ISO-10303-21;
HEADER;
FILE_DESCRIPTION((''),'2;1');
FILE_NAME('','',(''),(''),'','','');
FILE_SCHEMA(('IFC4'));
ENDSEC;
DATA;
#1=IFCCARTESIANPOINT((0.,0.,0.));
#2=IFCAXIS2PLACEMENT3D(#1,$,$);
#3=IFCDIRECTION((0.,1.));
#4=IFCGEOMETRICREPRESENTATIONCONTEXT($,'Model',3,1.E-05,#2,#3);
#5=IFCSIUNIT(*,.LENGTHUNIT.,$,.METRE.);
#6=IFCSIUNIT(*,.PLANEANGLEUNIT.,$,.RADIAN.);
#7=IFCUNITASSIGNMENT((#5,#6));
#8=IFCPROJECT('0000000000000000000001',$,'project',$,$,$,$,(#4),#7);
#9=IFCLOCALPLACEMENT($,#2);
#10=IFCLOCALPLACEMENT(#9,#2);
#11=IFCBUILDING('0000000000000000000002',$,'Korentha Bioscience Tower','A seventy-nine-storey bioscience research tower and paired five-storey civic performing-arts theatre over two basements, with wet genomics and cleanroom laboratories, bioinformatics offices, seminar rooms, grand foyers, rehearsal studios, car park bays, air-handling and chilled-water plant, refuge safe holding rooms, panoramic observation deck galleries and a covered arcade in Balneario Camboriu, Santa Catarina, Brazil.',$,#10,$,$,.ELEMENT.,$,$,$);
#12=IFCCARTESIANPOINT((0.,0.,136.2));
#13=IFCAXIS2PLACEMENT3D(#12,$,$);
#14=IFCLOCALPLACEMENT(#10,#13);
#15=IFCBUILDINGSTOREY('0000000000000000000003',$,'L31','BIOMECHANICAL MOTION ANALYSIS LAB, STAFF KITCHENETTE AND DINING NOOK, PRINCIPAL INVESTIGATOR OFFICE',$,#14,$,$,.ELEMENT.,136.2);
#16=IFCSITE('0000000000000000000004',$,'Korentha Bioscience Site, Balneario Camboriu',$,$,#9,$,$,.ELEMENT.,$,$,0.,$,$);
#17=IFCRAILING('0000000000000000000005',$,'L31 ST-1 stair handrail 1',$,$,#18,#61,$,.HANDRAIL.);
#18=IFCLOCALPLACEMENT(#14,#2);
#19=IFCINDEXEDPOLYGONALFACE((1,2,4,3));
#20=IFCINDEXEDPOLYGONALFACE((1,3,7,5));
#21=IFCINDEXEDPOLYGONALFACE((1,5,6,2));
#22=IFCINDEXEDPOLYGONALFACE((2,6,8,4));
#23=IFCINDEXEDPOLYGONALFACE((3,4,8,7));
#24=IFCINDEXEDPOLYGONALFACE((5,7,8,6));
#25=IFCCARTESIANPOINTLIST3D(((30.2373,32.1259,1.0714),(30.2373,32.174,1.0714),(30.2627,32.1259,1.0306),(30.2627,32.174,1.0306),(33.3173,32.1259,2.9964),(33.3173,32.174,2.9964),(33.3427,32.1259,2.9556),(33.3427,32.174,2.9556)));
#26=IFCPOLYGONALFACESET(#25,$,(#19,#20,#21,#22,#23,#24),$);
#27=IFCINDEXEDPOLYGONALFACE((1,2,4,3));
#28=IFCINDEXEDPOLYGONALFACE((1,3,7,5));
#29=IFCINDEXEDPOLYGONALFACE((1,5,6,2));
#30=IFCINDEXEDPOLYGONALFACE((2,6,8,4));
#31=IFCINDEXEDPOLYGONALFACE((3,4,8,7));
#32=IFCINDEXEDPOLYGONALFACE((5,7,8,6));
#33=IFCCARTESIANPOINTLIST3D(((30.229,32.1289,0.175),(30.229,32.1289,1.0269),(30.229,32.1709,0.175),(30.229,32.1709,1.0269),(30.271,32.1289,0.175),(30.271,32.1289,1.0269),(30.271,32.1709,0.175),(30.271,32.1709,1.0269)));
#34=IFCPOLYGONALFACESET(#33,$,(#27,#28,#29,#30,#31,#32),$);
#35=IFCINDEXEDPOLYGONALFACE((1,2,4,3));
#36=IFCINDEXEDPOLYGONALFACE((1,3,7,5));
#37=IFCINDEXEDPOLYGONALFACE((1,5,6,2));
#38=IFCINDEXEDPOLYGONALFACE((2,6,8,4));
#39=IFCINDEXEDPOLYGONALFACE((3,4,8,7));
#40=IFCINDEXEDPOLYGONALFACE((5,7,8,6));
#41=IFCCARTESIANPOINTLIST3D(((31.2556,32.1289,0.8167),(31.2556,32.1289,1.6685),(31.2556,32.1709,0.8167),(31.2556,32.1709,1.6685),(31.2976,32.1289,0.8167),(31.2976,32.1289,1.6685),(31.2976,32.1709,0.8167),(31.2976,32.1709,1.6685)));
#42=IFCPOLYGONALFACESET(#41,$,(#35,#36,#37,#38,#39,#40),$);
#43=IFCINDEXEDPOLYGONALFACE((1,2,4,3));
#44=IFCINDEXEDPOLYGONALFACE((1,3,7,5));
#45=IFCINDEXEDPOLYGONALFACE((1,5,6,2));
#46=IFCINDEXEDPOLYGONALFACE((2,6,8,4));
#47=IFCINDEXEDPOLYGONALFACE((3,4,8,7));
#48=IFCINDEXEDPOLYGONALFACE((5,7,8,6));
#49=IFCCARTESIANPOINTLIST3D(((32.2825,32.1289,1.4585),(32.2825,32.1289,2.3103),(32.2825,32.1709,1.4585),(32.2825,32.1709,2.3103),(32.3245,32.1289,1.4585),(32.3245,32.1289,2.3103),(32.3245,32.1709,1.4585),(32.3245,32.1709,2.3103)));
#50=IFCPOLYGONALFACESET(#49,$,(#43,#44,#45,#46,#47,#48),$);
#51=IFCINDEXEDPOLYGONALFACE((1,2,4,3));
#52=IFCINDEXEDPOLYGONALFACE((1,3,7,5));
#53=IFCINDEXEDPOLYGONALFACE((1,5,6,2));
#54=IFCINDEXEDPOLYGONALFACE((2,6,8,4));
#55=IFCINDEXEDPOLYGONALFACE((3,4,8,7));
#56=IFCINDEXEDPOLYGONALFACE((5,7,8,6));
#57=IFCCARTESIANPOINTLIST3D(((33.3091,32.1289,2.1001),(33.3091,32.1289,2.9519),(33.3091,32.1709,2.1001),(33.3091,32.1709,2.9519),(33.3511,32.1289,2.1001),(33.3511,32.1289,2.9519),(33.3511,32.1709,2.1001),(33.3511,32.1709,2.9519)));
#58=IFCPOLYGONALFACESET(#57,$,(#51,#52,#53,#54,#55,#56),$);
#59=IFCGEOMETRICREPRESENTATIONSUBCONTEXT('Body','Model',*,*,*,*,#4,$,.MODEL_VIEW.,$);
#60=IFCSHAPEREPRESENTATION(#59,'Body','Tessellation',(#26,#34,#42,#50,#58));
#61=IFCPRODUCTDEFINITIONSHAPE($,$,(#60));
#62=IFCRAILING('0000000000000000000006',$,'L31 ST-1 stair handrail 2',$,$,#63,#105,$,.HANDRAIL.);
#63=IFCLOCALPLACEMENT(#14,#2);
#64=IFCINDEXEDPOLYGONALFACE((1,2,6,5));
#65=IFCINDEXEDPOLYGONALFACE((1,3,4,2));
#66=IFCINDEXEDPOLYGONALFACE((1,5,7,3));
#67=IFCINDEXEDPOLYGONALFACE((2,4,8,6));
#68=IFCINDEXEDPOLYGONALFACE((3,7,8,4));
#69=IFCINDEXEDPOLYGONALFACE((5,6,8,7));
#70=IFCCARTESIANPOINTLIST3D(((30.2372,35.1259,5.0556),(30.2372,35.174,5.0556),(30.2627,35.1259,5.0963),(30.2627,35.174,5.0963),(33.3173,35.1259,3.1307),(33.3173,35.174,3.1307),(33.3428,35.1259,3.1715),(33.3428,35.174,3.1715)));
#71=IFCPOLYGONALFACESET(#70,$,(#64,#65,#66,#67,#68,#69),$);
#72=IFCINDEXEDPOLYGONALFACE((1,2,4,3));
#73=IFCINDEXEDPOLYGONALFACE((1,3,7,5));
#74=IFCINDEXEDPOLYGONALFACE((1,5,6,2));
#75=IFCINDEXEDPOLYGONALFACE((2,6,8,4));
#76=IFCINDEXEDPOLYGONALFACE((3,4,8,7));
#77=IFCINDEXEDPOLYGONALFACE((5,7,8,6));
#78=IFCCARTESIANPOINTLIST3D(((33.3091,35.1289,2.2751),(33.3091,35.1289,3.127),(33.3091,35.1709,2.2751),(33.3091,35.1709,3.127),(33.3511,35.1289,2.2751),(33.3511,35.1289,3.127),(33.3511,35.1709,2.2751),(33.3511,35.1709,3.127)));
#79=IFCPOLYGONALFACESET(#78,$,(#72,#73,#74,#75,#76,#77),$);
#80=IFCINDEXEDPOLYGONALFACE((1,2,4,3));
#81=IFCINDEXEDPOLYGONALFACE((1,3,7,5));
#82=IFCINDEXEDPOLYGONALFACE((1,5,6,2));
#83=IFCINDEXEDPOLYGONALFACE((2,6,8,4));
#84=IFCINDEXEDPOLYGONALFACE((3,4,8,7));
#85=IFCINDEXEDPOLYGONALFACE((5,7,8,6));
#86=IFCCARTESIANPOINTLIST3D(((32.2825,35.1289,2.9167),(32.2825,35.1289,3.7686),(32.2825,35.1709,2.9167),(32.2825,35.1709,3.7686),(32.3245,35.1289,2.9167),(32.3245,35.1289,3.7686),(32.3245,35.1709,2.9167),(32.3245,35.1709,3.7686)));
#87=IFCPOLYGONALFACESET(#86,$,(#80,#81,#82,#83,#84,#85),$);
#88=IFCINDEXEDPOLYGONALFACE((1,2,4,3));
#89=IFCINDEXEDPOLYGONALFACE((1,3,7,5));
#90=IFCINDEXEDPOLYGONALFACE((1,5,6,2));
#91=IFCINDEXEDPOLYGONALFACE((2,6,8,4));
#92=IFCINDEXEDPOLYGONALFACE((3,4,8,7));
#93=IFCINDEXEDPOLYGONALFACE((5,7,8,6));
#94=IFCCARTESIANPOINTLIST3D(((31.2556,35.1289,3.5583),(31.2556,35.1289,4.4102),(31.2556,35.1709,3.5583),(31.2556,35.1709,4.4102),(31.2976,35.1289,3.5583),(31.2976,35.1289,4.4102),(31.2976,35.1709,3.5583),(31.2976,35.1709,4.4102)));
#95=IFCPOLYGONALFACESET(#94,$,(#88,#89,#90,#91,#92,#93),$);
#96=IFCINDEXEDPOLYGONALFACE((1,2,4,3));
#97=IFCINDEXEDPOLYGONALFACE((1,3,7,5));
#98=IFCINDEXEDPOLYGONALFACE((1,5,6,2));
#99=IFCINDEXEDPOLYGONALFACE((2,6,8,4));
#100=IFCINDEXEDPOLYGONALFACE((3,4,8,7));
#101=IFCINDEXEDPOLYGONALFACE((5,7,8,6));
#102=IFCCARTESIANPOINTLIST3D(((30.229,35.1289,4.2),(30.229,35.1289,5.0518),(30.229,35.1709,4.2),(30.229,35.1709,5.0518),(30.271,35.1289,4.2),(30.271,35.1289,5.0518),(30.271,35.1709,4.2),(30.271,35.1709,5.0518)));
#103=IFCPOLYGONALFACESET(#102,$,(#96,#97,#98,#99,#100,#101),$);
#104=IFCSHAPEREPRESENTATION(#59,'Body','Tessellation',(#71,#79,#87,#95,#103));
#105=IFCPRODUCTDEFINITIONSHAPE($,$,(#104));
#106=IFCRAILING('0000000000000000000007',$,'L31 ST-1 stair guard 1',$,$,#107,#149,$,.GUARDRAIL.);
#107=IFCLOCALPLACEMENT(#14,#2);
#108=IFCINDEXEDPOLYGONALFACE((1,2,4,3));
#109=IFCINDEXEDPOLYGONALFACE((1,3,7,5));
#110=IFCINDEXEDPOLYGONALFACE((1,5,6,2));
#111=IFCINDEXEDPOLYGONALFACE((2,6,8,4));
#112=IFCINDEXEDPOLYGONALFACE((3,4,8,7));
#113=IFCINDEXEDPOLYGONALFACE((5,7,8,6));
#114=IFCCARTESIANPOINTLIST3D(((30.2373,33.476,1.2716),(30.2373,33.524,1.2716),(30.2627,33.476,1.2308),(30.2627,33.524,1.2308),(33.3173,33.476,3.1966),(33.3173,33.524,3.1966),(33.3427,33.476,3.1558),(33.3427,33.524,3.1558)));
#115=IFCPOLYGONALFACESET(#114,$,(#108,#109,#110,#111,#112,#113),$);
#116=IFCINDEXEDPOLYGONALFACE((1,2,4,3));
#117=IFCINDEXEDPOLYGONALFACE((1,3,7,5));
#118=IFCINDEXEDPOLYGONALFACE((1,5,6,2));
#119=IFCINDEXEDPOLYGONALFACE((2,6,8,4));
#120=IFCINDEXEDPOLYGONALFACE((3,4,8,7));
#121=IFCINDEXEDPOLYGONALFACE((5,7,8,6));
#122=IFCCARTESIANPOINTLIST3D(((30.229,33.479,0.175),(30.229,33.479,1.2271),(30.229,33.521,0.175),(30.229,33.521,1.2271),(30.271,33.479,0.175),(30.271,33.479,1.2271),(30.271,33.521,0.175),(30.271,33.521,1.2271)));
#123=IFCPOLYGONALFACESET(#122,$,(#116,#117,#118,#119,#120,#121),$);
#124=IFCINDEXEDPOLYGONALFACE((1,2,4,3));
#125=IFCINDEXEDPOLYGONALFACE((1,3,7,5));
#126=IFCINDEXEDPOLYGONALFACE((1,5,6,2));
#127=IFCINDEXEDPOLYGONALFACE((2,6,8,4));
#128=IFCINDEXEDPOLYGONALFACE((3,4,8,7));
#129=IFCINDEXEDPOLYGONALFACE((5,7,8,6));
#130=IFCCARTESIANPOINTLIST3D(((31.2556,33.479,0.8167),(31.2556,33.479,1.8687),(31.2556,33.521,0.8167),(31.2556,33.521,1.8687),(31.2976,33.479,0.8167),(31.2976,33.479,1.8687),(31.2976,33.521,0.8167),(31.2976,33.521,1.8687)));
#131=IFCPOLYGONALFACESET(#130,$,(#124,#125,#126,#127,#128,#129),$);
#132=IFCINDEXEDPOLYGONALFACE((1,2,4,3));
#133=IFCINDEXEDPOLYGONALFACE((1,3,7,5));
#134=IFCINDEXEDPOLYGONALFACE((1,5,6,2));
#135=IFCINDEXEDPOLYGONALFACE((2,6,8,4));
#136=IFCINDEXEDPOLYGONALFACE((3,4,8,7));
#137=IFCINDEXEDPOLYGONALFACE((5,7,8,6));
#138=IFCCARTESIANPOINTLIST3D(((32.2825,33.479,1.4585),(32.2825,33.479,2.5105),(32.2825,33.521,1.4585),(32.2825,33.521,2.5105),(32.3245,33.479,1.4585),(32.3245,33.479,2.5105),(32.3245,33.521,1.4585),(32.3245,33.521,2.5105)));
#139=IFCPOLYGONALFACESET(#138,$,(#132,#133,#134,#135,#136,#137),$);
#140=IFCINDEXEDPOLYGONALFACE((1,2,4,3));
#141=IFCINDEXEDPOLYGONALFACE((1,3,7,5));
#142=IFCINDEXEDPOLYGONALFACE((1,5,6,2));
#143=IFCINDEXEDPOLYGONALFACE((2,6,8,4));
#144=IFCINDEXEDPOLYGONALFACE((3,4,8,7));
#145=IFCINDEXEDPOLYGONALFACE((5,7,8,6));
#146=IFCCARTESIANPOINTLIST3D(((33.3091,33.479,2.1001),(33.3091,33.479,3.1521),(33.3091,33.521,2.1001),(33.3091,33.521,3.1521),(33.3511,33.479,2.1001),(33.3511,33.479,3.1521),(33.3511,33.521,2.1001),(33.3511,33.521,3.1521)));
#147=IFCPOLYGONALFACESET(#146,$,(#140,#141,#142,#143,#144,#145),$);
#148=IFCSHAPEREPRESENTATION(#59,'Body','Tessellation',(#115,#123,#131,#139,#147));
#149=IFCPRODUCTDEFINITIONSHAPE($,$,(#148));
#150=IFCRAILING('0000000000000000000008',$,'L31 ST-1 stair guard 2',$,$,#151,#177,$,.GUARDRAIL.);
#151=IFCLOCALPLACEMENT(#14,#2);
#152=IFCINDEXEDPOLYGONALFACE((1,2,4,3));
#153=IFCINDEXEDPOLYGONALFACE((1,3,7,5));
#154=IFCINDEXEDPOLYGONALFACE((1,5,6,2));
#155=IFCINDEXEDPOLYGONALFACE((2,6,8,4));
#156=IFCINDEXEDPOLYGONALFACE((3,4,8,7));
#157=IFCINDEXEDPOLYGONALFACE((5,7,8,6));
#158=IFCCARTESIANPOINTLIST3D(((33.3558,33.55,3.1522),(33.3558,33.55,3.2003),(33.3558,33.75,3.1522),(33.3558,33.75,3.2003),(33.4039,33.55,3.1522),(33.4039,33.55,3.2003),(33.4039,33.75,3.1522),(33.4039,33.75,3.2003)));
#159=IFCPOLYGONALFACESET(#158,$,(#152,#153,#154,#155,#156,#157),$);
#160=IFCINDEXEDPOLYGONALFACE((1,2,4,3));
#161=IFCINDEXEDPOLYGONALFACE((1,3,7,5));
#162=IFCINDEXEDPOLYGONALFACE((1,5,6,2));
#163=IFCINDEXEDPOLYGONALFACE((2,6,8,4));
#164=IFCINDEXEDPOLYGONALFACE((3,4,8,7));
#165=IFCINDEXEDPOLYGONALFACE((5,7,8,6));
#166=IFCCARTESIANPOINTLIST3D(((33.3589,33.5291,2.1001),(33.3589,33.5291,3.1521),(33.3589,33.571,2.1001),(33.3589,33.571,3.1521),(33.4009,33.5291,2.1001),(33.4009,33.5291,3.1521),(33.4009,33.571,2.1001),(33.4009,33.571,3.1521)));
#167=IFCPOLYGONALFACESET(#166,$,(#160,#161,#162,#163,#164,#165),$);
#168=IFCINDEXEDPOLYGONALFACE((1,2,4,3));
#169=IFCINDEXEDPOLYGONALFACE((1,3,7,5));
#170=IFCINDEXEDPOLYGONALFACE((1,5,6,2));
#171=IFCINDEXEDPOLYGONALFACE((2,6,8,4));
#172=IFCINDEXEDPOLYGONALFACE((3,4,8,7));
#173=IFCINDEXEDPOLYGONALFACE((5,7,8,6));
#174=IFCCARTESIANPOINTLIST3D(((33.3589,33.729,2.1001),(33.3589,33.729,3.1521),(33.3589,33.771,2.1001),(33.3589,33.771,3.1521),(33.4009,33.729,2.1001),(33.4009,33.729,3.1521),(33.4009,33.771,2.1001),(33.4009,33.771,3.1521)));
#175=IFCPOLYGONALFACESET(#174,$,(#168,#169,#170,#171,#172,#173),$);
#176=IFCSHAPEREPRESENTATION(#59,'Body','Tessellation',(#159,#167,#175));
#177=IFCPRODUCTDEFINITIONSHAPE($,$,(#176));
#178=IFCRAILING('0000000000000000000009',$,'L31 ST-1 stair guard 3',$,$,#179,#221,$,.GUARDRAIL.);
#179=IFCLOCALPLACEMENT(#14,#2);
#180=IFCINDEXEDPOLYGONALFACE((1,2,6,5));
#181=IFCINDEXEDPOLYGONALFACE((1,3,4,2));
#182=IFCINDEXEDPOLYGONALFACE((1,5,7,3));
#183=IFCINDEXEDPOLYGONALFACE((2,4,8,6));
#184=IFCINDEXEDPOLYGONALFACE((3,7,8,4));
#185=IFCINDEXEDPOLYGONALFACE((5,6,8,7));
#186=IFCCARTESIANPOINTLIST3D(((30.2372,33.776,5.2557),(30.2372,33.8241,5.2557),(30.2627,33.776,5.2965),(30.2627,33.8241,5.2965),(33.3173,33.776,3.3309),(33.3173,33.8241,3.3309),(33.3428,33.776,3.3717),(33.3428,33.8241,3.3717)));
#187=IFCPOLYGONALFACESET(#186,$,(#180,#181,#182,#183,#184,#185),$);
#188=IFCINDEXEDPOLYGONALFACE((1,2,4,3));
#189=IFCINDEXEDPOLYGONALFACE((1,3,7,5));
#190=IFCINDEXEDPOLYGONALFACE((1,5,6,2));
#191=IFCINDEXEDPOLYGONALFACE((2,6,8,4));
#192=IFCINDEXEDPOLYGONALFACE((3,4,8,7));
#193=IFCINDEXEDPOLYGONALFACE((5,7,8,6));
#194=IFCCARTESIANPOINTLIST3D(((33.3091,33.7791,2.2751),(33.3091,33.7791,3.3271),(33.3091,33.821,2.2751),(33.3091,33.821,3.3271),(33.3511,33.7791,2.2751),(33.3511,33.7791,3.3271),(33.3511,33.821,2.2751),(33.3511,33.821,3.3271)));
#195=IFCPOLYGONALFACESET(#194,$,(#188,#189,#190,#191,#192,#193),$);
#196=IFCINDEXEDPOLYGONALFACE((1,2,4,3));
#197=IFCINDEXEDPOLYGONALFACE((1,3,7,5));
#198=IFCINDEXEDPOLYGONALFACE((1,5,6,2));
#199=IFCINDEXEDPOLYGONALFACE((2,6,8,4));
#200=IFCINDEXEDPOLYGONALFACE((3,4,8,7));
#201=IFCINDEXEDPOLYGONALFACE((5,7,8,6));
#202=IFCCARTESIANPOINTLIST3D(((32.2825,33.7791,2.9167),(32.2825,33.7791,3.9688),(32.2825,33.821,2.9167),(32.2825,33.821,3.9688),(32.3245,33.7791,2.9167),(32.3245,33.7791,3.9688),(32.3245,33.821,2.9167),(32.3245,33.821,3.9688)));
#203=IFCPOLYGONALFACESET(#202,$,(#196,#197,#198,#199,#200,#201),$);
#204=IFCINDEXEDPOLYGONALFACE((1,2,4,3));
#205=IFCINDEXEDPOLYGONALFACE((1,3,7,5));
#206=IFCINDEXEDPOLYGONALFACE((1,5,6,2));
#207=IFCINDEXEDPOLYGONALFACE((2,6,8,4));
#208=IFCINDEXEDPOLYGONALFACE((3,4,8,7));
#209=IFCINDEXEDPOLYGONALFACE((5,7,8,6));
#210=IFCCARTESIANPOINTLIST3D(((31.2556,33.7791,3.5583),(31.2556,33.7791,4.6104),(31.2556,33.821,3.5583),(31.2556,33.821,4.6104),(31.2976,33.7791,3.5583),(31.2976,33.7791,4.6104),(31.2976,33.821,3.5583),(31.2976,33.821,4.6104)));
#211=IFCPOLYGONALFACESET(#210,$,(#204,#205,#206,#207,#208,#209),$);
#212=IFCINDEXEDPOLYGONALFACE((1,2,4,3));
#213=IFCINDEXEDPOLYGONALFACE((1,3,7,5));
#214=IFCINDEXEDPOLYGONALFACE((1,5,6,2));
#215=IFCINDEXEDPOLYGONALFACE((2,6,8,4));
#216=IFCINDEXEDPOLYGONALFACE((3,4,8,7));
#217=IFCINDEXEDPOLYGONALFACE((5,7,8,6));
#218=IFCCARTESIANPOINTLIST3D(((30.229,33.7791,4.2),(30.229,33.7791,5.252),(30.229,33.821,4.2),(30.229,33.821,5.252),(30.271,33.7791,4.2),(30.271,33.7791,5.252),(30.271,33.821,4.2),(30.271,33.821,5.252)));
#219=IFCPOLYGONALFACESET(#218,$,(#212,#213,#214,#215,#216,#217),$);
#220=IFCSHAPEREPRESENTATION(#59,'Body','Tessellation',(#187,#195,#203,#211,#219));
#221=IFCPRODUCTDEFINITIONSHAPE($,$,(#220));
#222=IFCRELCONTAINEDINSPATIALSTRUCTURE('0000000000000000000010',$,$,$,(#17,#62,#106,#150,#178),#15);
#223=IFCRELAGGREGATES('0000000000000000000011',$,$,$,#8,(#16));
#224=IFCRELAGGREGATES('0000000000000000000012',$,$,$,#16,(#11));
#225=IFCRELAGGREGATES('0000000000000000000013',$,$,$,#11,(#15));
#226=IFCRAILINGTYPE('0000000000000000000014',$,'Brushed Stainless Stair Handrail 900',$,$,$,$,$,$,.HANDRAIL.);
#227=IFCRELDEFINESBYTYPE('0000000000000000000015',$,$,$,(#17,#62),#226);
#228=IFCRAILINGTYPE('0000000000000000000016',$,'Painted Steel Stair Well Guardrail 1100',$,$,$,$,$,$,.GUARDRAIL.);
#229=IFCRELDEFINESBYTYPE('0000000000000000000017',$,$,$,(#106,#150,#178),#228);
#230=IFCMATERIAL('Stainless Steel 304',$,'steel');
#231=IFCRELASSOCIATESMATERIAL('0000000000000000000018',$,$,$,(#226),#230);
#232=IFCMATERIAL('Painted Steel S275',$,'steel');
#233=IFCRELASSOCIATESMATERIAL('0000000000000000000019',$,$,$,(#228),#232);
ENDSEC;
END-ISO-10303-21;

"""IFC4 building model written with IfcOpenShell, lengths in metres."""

from ifc_helpers import new_model, si_unit, direction, frame, origin, origin_2d, place, context, subcontext, project, spatial, rectangle, extrude, material, type_object, element, save


model = new_model("IFC4")

# Units and contexts
model_context = context("Model", 3, precision=1e-05, world=origin(), true_north=direction((0.0, 1.0)))
body_context = subcontext(model_context, "Body", "Model", "MODEL_VIEW")
ifc_project = project(units=[si_unit("LENGTHUNIT", "METRE"), si_unit("PLANEANGLEUNIT", "RADIAN")], contexts=[model_context])

# Site, building, storey
site_placement = place(None, origin())
site = spatial("IfcSite", under=ifc_project, at=site_placement, Name="Korentha Bioscience Site, Balneario Camboriu", CompositionType="ELEMENT", RefElevation=0.0)
building_placement = place(site_placement, origin())
building = spatial("IfcBuilding", under=site, at=building_placement, Name="Korentha Bioscience Tower", Description="A seventy-nine-storey bioscience research tower and paired five-storey civic performing-arts theatre over two basements, with wet genomics and cleanroom laboratories, bioinformatics offices, seminar rooms, grand foyers, rehearsal studios, car park bays, air-handling and chilled-water plant, refuge safe holding rooms, panoramic observation deck galleries and a covered arcade in Balneario Camboriu, Santa Catarina, Brazil.", CompositionType="ELEMENT")
storey_placement = place(building_placement, frame((0.0, 0.0, 136.2)))
storey = spatial("IfcBuildingStorey", under=building, at=storey_placement, Name="L31", Description="BIOMECHANICAL MOTION ANALYSIS LAB, STAFF KITCHENETTE AND DINING NOOK, PRINCIPAL INVESTIGATOR OFFICE", CompositionType="ELEMENT", Elevation=136.2)

# Railings
ifc_material_1 = material(Name="Stainless Steel 304", Category="steel")
railing_type_1 = type_object("IfcRailingType", Name="Brushed Stainless Stair Handrail 900", PredefinedType="HANDRAIL", material=ifc_material_1)
railing_1_placement = place(storey_placement, frame((30.25, 32.1499, 0.175)))
element("IfcRailing", 1, at=railing_1_placement, inside=storey, type_object=railing_type_1, Name="L31 ST-1 stair handrail 1", PredefinedType="HANDRAIL", context=body_context, shape_type="SweptSolid", body=[
    extrude(rectangle(XDim=0.0481, YDim=0.0481, at=origin_2d()), frame((0.0, 0.0, 0.876), z_axis=(0.847998, 0.0, 0.529999), x_axis=(0.0, 1.0, 0.0)), (0.0, 0.0, 1.0), 3.6321),
    extrude(rectangle(XDim=0.042, YDim=0.042, at=origin_2d()), origin(), (0.0, 0.0, 1.0), 0.8518),
    extrude(rectangle(XDim=0.042, YDim=0.042, at=origin_2d()), frame((1.0266, 0.0, 0.6416)), (0.0, 0.0, 1.0), 0.8518),
    extrude(rectangle(XDim=0.042, YDim=0.042, at=origin_2d()), frame((2.0535, 0.0, 1.2834)), (0.0, 0.0, 1.0), 0.8518),
    extrude(rectangle(XDim=0.042, YDim=0.042, at=origin_2d()), frame((3.0801, 0.0, 1.925)), (0.0, 0.0, 1.0), 0.8518),
])
railing_2_placement = place(storey_placement, frame((33.3301, 35.1499, 2.2751)))
element("IfcRailing", 2, at=railing_2_placement, inside=storey, type_object=railing_type_1, Name="L31 ST-1 stair handrail 2", PredefinedType="HANDRAIL", context=body_context, shape_type="SweptSolid", body=[
    extrude(rectangle(XDim=0.0481, YDim=0.0481, at=origin_2d()), frame((0.0, 0.0, 0.876), z_axis=(-0.848029, 0.0, 0.529951), x_axis=(0.0, -1.0, 0.0)), (0.0, 0.0, 1.0), 3.6321),
    extrude(rectangle(XDim=0.042, YDim=0.042, at=origin_2d()), origin(), (0.0, 0.0, 1.0), 0.8518),
    extrude(rectangle(XDim=0.042, YDim=0.042, at=origin_2d()), frame((-1.0266, 0.0, 0.6416)), (0.0, 0.0, 1.0), 0.8518),
    extrude(rectangle(XDim=0.042, YDim=0.042, at=origin_2d()), frame((-2.0535, 0.0, 1.2832)), (0.0, 0.0, 1.0), 0.8518),
    extrude(rectangle(XDim=0.042, YDim=0.042, at=origin_2d()), frame((-3.0801, 0.0, 1.9248)), (0.0, 0.0, 1.0), 0.8518),
])
ifc_material_2 = material(Name="Painted Steel S275", Category="steel")
railing_type_2 = type_object("IfcRailingType", Name="Painted Steel Stair Well Guardrail 1100", PredefinedType="GUARDRAIL", material=ifc_material_2)
railing_3_placement = place(storey_placement, frame((30.25, 33.5, 0.175)))
element("IfcRailing", 3, at=railing_3_placement, inside=storey, type_object=railing_type_2, Name="L31 ST-1 stair guard 1", PredefinedType="GUARDRAIL", context=body_context, shape_type="SweptSolid", body=[
    extrude(rectangle(XDim=0.0481, YDim=0.0481, at=origin_2d()), frame((0.0, 0.0, 1.0762), z_axis=(0.847998, 0.0, 0.529999), x_axis=(0.0, 1.0, 0.0)), (0.0, 0.0, 1.0), 3.6321),
    extrude(rectangle(XDim=0.042, YDim=0.042, at=origin_2d()), origin(), (0.0, 0.0, 1.0), 1.052),
    extrude(rectangle(XDim=0.042, YDim=0.042, at=origin_2d()), frame((1.0266, 0.0, 0.6416)), (0.0, 0.0, 1.0), 1.052),
    extrude(rectangle(XDim=0.042, YDim=0.042, at=origin_2d()), frame((2.0535, 0.0, 1.2834)), (0.0, 0.0, 1.0), 1.052),
    extrude(rectangle(XDim=0.042, YDim=0.042, at=origin_2d()), frame((3.0801, 0.0, 1.925)), (0.0, 0.0, 1.0), 1.052),
])
railing_4_placement = place(storey_placement, frame((33.3799, 33.55, 2.1001)))
element("IfcRailing", 4, at=railing_4_placement, inside=storey, type_object=railing_type_2, Name="L31 ST-1 stair guard 2", PredefinedType="GUARDRAIL", context=body_context, shape_type="SweptSolid", body=[
    extrude(rectangle(XDim=0.0481, YDim=0.0481, at=origin_2d()), frame((0.0, 0.0, 1.0762), z_axis=(0.0, 1.0, 0.0), x_axis=(-1.0, 0.0, 0.0)), (0.0, 0.0, 1.0), 0.2),
    extrude(rectangle(XDim=0.042, YDim=0.042, at=origin_2d()), origin(), (0.0, 0.0, 1.0), 1.052),
    extrude(rectangle(XDim=0.042, YDim=0.042, at=origin_2d()), frame((0.0, 0.2, 0.0)), (0.0, 0.0, 1.0), 1.052),
])
railing_5_placement = place(storey_placement, frame((33.3301, 33.8, 2.2751)))
element("IfcRailing", 5, at=railing_5_placement, inside=storey, type_object=railing_type_2, Name="L31 ST-1 stair guard 3", PredefinedType="GUARDRAIL", context=body_context, shape_type="SweptSolid", body=[
    extrude(rectangle(XDim=0.0481, YDim=0.0481, at=origin_2d()), frame((0.0, 0.0, 1.0762), z_axis=(-0.848029, 0.0, 0.529951), x_axis=(0.0, -1.0, 0.0)), (0.0, 0.0, 1.0), 3.6321),
    extrude(rectangle(XDim=0.042, YDim=0.042, at=origin_2d()), origin(), (0.0, 0.0, 1.0), 1.052),
    extrude(rectangle(XDim=0.042, YDim=0.042, at=origin_2d()), frame((-1.0266, 0.0, 0.6416)), (0.0, 0.0, 1.0), 1.052),
    extrude(rectangle(XDim=0.042, YDim=0.042, at=origin_2d()), frame((-2.0535, 0.0, 1.2832)), (0.0, 0.0, 1.0), 1.052),
    extrude(rectangle(XDim=0.042, YDim=0.042, at=origin_2d()), frame((-3.0801, 0.0, 1.9248)), (0.0, 0.0, 1.0), 1.052),
])

save(model, "model.ifc")
